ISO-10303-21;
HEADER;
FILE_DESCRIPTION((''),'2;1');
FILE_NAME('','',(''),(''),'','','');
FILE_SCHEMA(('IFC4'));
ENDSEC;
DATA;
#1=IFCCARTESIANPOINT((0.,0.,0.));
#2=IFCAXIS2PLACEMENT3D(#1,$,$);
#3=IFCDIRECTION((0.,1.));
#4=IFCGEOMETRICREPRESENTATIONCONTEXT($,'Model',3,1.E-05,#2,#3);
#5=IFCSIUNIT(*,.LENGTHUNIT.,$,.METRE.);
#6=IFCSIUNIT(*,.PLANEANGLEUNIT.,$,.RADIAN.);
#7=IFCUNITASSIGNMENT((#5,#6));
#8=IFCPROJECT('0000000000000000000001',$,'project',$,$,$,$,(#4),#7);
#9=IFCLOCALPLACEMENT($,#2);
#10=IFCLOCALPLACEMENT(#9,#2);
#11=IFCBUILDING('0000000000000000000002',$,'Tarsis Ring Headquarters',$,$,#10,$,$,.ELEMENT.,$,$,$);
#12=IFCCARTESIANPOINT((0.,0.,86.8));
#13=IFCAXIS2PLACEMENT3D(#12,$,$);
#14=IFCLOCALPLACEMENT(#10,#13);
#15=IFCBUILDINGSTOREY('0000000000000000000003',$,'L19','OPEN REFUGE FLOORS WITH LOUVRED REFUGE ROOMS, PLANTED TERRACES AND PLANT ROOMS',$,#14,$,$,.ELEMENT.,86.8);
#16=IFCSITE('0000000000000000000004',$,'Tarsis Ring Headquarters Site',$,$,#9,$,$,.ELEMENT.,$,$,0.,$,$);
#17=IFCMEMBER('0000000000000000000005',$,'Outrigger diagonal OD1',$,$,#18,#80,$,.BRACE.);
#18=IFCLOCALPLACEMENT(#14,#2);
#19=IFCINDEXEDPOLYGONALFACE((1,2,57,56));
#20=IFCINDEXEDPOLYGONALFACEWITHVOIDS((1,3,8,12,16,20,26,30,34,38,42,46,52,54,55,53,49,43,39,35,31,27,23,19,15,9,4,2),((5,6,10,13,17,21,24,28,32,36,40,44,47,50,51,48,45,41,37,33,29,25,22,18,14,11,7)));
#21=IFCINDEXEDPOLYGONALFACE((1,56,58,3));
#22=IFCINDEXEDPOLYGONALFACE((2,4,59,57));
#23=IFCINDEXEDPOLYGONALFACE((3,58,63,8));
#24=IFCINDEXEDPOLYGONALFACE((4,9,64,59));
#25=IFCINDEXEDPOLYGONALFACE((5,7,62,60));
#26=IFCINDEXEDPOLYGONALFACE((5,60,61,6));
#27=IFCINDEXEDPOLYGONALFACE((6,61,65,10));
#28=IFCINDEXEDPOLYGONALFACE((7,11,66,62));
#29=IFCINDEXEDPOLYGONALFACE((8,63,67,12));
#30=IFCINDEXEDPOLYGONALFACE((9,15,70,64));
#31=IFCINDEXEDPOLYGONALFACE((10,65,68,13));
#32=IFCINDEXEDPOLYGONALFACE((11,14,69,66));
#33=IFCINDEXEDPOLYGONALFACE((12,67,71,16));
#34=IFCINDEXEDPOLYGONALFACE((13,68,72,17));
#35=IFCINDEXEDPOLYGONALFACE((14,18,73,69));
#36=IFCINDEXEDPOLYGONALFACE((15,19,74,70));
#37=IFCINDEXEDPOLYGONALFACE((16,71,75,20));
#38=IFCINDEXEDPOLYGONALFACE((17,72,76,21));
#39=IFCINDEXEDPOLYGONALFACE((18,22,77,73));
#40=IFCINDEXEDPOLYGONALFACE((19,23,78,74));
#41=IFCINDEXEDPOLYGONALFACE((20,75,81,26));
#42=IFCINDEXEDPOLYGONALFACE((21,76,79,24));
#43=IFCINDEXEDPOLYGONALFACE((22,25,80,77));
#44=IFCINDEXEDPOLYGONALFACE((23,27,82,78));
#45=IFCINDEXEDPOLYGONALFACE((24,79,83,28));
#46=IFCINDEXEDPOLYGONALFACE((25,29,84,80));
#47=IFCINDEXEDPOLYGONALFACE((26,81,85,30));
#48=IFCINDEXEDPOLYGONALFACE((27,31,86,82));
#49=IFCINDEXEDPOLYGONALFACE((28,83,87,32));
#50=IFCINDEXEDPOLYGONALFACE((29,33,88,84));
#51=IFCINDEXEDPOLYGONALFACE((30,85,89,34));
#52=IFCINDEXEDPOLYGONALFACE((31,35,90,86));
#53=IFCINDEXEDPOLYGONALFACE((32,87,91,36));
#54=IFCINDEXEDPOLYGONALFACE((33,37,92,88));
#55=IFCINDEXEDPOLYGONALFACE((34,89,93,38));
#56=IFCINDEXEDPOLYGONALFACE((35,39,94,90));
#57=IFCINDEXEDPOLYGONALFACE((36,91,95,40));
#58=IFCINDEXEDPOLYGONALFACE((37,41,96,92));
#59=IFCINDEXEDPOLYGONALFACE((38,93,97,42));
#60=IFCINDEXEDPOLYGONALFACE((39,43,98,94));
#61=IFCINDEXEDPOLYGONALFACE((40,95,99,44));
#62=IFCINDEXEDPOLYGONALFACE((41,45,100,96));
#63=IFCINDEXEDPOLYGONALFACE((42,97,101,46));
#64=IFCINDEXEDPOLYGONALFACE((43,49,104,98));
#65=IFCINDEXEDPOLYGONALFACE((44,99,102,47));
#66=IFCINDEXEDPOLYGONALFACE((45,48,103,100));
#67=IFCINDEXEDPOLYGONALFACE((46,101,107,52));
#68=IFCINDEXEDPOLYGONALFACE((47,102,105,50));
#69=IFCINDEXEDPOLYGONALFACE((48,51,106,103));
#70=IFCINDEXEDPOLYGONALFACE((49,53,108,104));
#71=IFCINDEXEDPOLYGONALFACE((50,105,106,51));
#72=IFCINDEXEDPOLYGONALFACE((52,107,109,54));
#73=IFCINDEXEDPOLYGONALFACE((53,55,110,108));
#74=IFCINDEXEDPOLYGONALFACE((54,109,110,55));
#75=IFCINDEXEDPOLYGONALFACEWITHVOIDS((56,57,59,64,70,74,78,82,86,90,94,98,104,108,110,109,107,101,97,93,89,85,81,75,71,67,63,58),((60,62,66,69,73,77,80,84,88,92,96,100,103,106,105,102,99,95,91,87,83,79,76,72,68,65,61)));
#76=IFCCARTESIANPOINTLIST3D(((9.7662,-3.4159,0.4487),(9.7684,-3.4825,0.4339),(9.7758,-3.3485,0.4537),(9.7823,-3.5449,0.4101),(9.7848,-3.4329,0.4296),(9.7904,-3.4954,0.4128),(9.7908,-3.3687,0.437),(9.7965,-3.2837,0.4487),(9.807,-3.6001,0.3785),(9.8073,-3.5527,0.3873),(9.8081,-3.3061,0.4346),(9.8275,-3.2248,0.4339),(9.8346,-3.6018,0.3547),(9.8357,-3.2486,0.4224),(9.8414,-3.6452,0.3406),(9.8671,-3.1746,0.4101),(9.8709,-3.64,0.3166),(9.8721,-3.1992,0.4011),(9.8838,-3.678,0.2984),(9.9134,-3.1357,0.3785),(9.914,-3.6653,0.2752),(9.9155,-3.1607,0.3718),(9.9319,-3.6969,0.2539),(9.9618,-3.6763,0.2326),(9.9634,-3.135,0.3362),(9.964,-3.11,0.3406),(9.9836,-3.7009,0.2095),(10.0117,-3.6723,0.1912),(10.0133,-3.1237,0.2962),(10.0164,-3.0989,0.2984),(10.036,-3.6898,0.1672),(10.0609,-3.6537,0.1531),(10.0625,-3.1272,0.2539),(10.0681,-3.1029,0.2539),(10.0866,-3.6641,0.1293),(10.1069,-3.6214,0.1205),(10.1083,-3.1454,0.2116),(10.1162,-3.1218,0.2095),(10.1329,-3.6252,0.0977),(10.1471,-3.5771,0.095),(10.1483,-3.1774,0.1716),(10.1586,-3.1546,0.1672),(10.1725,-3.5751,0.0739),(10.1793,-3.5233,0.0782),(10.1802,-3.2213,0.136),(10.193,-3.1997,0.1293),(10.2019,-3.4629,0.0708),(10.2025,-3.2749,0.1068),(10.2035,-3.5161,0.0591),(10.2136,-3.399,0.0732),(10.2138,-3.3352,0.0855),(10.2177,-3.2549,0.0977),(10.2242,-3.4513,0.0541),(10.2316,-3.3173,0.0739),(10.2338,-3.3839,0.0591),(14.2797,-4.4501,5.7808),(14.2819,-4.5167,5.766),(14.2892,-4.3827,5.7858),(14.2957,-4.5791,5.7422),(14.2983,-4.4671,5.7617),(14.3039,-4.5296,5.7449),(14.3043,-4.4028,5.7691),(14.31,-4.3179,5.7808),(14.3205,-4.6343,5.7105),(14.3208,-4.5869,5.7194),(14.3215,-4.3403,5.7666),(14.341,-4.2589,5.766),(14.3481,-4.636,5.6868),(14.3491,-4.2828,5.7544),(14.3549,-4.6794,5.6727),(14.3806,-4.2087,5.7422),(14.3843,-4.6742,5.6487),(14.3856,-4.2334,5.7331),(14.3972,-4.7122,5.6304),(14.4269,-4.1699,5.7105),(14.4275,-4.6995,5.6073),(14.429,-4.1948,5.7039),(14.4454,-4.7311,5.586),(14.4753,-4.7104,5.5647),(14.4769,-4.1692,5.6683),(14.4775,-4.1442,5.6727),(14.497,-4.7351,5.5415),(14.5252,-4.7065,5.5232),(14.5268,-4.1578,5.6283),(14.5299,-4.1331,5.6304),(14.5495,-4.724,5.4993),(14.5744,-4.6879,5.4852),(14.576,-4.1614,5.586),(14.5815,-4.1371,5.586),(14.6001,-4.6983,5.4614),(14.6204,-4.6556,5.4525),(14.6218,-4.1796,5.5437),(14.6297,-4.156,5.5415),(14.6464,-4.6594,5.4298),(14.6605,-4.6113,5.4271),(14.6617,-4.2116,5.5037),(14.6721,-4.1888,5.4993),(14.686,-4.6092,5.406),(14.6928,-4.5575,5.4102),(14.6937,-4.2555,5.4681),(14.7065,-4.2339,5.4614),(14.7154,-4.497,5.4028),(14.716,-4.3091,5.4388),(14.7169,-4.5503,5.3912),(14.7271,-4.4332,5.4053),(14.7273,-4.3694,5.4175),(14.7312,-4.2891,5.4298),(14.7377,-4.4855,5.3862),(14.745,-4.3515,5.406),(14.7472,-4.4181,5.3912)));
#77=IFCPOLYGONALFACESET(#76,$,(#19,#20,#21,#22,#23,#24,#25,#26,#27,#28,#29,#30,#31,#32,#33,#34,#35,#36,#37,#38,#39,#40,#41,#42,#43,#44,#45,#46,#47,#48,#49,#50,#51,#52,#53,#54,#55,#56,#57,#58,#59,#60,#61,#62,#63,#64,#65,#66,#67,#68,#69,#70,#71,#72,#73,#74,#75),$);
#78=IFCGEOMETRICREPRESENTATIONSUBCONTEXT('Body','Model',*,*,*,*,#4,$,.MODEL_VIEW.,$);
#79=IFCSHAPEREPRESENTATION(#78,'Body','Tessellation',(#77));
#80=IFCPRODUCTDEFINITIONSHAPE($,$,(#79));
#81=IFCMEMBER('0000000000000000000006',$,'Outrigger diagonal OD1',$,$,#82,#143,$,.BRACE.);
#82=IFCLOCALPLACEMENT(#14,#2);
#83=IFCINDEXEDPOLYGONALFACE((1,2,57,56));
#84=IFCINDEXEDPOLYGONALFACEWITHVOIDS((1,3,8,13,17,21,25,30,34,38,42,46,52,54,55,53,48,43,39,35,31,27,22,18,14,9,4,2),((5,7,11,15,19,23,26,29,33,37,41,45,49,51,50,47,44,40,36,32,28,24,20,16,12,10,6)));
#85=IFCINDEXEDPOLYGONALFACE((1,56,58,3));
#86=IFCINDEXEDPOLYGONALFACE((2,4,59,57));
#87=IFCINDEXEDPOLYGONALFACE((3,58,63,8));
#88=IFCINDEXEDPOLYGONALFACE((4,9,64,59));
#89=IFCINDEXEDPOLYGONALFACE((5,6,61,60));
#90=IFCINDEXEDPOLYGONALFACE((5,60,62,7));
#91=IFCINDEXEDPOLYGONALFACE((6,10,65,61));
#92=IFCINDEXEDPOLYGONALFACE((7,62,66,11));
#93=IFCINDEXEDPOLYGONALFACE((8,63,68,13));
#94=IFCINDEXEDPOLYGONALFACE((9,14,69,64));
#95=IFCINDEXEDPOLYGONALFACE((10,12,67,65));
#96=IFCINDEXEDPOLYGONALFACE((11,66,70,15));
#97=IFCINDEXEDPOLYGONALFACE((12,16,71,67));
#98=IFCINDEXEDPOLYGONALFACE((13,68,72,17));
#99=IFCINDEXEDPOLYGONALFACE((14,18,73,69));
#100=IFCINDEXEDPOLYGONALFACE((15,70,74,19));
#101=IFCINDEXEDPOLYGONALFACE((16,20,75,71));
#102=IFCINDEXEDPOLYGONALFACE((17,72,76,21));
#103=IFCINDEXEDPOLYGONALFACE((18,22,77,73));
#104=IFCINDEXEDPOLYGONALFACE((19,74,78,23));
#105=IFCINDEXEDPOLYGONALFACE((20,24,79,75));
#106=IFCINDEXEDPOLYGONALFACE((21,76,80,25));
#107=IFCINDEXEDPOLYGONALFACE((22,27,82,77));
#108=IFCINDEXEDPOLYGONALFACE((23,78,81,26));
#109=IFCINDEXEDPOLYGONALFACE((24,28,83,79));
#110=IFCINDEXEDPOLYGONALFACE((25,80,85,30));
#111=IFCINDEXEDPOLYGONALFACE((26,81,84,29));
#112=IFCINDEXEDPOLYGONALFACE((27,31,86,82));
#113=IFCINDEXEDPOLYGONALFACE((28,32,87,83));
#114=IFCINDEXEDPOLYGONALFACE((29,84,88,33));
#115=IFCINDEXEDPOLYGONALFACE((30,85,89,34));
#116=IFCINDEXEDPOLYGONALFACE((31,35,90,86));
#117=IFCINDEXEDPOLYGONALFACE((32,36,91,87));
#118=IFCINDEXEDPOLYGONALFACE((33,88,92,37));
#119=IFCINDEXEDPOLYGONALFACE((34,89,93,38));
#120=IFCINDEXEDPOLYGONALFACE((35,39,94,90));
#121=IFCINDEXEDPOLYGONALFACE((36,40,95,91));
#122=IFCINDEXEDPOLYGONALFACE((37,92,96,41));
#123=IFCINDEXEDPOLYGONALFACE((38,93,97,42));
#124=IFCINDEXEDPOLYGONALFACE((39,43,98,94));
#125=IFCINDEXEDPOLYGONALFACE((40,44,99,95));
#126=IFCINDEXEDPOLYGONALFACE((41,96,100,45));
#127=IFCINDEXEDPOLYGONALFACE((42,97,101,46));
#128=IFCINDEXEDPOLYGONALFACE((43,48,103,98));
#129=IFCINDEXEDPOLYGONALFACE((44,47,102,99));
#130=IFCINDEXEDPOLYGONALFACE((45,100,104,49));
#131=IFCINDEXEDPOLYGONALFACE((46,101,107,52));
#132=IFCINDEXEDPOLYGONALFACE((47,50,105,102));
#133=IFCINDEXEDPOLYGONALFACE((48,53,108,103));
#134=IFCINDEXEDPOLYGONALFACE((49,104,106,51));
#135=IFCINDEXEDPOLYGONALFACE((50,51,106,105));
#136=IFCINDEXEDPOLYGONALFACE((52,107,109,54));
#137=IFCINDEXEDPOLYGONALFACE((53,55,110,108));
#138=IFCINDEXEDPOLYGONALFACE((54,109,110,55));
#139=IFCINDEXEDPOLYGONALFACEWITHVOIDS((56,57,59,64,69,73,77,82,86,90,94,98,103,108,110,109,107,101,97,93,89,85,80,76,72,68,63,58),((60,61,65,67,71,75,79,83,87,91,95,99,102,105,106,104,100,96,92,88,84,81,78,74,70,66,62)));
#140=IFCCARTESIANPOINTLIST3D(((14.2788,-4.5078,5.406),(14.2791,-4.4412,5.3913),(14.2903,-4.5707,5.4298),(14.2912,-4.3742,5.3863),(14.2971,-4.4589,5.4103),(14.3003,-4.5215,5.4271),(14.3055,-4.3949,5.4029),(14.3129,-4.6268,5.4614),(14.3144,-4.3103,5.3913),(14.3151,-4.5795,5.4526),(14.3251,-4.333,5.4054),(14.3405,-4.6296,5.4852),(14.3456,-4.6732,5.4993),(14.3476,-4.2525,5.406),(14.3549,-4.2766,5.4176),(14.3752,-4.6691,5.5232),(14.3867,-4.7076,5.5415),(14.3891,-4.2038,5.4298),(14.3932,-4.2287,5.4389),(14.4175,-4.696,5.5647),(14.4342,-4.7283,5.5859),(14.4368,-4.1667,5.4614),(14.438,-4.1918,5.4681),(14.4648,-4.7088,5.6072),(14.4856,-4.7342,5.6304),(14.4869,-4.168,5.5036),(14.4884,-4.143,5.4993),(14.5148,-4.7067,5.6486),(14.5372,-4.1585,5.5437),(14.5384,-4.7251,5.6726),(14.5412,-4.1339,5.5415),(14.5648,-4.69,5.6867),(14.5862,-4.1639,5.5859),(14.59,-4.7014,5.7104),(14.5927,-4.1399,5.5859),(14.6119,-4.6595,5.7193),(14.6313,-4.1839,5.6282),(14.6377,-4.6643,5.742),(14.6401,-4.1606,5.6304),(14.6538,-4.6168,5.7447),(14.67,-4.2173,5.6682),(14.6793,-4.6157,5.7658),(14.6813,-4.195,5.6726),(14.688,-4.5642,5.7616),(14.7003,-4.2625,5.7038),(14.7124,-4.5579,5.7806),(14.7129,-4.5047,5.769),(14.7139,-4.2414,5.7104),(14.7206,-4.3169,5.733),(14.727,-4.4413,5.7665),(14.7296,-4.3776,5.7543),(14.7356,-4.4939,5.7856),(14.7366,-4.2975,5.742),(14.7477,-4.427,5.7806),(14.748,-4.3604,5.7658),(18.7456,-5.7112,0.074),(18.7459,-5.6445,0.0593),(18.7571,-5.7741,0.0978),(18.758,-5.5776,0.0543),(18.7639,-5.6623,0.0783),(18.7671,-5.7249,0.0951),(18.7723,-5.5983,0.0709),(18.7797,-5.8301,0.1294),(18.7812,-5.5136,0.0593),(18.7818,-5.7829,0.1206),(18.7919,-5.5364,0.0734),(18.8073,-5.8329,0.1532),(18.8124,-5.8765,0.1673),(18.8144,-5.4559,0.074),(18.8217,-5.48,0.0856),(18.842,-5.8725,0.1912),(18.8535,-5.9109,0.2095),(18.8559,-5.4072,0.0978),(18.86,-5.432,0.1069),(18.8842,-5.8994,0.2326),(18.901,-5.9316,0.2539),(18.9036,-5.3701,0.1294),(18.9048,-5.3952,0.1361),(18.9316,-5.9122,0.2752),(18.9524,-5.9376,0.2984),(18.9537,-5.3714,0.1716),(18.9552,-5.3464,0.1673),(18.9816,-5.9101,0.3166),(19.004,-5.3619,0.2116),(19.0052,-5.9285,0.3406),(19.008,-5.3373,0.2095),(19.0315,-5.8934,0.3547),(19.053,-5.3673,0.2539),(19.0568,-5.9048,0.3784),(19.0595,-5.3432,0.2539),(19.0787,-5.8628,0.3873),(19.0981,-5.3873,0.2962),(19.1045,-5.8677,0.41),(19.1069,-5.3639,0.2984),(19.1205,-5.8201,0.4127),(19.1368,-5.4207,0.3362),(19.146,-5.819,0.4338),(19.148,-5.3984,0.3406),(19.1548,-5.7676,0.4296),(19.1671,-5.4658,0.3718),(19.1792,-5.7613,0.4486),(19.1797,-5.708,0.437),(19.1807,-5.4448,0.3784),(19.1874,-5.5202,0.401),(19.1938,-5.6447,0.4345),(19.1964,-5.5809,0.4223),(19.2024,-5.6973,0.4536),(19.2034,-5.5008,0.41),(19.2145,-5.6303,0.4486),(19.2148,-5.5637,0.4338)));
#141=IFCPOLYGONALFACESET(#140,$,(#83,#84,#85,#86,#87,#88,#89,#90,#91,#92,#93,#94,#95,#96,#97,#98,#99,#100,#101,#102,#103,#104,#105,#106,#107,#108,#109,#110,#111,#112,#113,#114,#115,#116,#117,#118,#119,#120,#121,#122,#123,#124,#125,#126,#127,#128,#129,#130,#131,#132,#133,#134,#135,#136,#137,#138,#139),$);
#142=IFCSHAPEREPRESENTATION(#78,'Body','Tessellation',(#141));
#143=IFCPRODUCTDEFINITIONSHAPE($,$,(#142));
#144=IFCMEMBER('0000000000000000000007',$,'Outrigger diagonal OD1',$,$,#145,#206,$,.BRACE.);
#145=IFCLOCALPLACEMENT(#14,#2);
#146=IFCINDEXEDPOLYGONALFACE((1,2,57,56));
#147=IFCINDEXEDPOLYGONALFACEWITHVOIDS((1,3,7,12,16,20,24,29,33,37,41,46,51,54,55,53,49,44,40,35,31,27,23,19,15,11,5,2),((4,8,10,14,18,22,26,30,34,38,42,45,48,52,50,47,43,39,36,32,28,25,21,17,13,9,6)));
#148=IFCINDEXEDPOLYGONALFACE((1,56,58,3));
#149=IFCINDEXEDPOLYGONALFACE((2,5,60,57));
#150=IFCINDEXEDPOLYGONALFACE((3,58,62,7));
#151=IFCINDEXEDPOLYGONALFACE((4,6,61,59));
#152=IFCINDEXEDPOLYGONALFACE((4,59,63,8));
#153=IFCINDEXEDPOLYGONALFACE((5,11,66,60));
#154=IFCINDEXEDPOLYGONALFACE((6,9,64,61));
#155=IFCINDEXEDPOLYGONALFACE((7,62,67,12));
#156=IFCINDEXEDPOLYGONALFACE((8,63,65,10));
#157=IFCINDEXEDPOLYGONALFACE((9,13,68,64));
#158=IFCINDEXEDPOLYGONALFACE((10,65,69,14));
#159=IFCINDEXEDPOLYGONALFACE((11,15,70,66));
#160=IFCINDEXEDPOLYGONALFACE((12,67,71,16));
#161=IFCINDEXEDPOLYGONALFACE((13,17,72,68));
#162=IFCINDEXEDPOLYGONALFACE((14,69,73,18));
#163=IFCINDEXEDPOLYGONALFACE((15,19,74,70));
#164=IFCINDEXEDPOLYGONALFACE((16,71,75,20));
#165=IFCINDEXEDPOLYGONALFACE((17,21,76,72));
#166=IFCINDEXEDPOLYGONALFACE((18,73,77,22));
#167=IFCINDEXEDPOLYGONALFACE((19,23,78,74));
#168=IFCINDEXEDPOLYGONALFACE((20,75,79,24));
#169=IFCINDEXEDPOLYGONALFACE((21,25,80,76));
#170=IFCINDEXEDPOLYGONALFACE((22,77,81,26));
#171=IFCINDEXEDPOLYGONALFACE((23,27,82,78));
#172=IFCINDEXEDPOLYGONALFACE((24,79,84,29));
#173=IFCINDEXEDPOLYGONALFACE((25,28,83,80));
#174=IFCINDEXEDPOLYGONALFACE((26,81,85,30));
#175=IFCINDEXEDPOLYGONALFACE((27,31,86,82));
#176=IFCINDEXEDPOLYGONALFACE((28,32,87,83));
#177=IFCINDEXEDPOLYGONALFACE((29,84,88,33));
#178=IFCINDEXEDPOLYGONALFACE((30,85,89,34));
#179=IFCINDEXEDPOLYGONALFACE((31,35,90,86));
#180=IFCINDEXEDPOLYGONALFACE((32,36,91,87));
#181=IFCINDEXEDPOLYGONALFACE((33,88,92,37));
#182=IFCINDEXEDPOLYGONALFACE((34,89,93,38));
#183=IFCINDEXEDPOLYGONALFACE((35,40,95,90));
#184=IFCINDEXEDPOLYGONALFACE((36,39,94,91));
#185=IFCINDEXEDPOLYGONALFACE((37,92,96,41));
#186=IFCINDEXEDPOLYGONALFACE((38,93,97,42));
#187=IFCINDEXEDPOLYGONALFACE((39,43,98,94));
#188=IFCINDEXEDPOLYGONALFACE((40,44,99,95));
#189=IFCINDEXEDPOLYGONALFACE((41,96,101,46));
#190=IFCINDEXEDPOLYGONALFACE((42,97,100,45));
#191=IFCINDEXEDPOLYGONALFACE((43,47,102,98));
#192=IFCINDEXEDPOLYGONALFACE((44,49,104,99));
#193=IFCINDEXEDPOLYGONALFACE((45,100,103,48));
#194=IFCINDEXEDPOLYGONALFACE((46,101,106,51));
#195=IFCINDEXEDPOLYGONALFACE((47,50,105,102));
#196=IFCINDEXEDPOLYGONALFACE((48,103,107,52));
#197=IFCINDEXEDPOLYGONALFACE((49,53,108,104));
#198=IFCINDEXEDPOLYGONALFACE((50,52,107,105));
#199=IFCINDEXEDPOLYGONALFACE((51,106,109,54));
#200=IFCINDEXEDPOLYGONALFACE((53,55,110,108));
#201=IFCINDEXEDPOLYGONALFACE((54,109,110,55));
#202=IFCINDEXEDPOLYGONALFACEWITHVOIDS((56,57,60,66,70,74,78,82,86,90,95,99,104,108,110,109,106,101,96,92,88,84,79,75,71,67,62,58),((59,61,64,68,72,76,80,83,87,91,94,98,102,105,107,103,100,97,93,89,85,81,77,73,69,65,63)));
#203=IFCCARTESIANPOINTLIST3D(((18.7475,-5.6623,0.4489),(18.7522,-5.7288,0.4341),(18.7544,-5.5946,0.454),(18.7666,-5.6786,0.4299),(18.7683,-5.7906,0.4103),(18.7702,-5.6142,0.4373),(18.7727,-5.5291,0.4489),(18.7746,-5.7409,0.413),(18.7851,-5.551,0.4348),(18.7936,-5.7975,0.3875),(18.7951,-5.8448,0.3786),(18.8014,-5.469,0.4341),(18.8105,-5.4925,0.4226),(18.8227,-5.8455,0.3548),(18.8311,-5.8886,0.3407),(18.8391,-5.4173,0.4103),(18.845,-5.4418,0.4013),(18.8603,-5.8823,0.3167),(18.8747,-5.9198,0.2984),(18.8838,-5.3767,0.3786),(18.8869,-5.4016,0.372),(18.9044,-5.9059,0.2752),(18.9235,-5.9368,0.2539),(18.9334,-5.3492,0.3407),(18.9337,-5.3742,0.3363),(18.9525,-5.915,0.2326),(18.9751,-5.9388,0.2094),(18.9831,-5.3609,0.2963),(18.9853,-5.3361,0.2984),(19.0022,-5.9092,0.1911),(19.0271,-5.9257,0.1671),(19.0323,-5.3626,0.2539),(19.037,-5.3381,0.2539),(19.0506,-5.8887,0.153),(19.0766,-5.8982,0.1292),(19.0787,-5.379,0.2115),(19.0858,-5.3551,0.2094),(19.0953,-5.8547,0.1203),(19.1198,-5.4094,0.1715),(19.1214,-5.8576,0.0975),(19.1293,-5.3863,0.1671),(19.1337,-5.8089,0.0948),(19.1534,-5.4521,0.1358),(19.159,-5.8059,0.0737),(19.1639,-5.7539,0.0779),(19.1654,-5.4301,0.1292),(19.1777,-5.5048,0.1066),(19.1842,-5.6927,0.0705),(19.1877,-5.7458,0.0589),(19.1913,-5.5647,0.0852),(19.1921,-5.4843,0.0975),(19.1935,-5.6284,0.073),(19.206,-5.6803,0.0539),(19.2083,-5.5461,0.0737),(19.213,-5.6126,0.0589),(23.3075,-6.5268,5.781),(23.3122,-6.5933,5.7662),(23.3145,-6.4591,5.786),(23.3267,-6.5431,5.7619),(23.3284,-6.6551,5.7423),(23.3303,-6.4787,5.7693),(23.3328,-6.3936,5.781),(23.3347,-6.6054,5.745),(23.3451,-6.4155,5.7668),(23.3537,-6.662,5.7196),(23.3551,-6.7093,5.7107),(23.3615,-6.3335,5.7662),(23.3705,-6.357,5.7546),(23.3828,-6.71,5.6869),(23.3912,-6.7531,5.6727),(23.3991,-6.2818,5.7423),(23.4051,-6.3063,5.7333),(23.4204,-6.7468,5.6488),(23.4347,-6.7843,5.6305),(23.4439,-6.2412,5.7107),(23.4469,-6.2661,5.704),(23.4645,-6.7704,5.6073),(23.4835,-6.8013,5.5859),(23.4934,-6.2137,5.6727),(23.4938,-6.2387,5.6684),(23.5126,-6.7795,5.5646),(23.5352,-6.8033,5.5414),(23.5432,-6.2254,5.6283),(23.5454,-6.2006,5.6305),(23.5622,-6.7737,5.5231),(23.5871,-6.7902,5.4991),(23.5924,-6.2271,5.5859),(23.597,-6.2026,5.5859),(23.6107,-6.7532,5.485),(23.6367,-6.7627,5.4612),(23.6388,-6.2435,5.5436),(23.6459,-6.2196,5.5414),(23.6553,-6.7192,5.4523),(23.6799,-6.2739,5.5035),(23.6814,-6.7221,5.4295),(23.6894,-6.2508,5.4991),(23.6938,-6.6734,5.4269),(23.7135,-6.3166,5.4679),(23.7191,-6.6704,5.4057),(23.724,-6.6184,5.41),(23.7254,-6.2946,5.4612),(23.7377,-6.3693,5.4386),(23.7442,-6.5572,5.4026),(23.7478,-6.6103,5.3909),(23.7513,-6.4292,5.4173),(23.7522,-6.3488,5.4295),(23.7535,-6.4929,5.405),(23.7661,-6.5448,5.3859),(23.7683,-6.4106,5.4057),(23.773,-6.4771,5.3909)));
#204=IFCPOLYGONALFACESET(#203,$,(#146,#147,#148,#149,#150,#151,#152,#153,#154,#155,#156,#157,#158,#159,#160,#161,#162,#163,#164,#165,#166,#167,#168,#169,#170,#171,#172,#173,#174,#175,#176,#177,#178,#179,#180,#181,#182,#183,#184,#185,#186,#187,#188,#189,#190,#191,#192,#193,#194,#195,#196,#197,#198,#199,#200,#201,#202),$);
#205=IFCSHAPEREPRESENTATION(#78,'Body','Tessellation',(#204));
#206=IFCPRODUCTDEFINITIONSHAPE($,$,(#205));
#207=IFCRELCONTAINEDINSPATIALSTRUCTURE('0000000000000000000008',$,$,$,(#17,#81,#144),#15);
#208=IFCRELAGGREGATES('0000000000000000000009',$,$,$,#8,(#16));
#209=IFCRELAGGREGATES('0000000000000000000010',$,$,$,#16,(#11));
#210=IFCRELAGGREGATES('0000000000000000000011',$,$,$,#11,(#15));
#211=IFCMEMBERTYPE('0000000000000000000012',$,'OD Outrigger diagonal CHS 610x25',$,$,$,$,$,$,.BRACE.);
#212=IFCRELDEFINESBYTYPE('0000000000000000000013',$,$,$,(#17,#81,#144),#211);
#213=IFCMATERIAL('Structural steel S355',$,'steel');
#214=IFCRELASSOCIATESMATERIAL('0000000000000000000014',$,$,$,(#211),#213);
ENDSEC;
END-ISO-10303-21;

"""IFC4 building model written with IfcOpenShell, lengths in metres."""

from ifc_helpers import new_model, si_unit, direction, frame, origin, origin_2d, place, context, subcontext, project, spatial, hollow_circle, extrude, material, material_profile, profile_set, type_object, element, save


model = new_model("IFC4")

# Units and contexts
model_context = context("Model", 3, precision=1e-05, world=origin(), true_north=direction((0.0, 1.0)))
body_context = subcontext(model_context, "Body", "Model", "MODEL_VIEW")
ifc_project = project(units=[si_unit("LENGTHUNIT", "METRE"), si_unit("PLANEANGLEUNIT", "RADIAN")], contexts=[model_context])

# Site, building, storey
site_placement = place(None, origin())
site = spatial("IfcSite", under=ifc_project, at=site_placement, Name="Tarsis Ring Headquarters Site", CompositionType="ELEMENT", RefElevation=0.0)
building_placement = place(site_placement, origin())
building = spatial("IfcBuilding", under=site, at=building_placement, Name="Tarsis Ring Headquarters", CompositionType="ELEMENT")
storey_placement = place(building_placement, frame((0.0, 0.0, 86.8)))
storey = spatial("IfcBuildingStorey", under=building, at=storey_placement, Name="L19", Description="OPEN REFUGE FLOORS WITH LOUVRED REFUGE ROOMS, PLANTED TERRACES AND PLANT ROOMS", CompositionType="ELEMENT", Elevation=86.8)

# Shared definitions
ifc_material_1 = material(Name="Structural steel S355", Category="steel")

# Members
ifc_material_profile_1 = material_profile(ifc_material_1, hollow_circle(Radius=0.3047, WallThickness=0.0249, at=origin_2d()), Name="CHS 610x25")
ifc_profile_set_1 = profile_set([ifc_material_profile_1], Name="Structural steel S355")
member_type_1 = type_object("IfcMemberType", Name="OD Outrigger diagonal CHS 610x25", PredefinedType="BRACE", material=ifc_profile_set_1)
member_1_placement = place(storey_placement, frame((10.0, -3.3999, 0.2539), z_axis=(0.639119, -0.146444, 0.755037), x_axis=(0.223346, 0.974739, 0.0)))
element("IfcMember", 1, at=member_1_placement, inside=storey, type_object=member_type_1, Name="Outrigger diagonal OD1", PredefinedType="BRACE", context=body_context, shape_type="SweptSolid", body=[
    extrude(hollow_circle(Radius=0.3047, WallThickness=0.0249, at=origin_2d()), origin(), (0.0, 0.0, 1.0), 7.062),
])
member_2_placement = place(storey_placement, frame((14.5134, -4.4341, 5.5859), z_axis=(0.632771, -0.170471, -0.755341), x_axis=(0.260129, 0.965574, 0.0)))
element("IfcMember", 2, at=member_2_placement, inside=storey, type_object=member_type_1, Name="Outrigger diagonal OD1", PredefinedType="BRACE", context=body_context, shape_type="SweptSolid", body=[
    extrude(hollow_circle(Radius=0.3047, WallThickness=0.0249, at=origin_2d()), origin(), (0.0, 0.0, 1.0), 7.0591),
])
member_3_placement = place(storey_placement, frame((18.9802, -5.6375, 0.2539), z_axis=(0.64507, -0.122293, 0.754274), x_axis=(0.186264, 0.9825, 0.0)))
element("IfcMember", 3, at=member_3_placement, inside=storey, type_object=member_type_1, Name="Outrigger diagonal OD1", PredefinedType="BRACE", context=body_context, shape_type="SweptSolid", body=[
    extrude(hollow_circle(Radius=0.3047, WallThickness=0.0249, at=origin_2d()), origin(), (0.0, 0.0, 1.0), 7.0691),
])

save(model, "model.ifc")
